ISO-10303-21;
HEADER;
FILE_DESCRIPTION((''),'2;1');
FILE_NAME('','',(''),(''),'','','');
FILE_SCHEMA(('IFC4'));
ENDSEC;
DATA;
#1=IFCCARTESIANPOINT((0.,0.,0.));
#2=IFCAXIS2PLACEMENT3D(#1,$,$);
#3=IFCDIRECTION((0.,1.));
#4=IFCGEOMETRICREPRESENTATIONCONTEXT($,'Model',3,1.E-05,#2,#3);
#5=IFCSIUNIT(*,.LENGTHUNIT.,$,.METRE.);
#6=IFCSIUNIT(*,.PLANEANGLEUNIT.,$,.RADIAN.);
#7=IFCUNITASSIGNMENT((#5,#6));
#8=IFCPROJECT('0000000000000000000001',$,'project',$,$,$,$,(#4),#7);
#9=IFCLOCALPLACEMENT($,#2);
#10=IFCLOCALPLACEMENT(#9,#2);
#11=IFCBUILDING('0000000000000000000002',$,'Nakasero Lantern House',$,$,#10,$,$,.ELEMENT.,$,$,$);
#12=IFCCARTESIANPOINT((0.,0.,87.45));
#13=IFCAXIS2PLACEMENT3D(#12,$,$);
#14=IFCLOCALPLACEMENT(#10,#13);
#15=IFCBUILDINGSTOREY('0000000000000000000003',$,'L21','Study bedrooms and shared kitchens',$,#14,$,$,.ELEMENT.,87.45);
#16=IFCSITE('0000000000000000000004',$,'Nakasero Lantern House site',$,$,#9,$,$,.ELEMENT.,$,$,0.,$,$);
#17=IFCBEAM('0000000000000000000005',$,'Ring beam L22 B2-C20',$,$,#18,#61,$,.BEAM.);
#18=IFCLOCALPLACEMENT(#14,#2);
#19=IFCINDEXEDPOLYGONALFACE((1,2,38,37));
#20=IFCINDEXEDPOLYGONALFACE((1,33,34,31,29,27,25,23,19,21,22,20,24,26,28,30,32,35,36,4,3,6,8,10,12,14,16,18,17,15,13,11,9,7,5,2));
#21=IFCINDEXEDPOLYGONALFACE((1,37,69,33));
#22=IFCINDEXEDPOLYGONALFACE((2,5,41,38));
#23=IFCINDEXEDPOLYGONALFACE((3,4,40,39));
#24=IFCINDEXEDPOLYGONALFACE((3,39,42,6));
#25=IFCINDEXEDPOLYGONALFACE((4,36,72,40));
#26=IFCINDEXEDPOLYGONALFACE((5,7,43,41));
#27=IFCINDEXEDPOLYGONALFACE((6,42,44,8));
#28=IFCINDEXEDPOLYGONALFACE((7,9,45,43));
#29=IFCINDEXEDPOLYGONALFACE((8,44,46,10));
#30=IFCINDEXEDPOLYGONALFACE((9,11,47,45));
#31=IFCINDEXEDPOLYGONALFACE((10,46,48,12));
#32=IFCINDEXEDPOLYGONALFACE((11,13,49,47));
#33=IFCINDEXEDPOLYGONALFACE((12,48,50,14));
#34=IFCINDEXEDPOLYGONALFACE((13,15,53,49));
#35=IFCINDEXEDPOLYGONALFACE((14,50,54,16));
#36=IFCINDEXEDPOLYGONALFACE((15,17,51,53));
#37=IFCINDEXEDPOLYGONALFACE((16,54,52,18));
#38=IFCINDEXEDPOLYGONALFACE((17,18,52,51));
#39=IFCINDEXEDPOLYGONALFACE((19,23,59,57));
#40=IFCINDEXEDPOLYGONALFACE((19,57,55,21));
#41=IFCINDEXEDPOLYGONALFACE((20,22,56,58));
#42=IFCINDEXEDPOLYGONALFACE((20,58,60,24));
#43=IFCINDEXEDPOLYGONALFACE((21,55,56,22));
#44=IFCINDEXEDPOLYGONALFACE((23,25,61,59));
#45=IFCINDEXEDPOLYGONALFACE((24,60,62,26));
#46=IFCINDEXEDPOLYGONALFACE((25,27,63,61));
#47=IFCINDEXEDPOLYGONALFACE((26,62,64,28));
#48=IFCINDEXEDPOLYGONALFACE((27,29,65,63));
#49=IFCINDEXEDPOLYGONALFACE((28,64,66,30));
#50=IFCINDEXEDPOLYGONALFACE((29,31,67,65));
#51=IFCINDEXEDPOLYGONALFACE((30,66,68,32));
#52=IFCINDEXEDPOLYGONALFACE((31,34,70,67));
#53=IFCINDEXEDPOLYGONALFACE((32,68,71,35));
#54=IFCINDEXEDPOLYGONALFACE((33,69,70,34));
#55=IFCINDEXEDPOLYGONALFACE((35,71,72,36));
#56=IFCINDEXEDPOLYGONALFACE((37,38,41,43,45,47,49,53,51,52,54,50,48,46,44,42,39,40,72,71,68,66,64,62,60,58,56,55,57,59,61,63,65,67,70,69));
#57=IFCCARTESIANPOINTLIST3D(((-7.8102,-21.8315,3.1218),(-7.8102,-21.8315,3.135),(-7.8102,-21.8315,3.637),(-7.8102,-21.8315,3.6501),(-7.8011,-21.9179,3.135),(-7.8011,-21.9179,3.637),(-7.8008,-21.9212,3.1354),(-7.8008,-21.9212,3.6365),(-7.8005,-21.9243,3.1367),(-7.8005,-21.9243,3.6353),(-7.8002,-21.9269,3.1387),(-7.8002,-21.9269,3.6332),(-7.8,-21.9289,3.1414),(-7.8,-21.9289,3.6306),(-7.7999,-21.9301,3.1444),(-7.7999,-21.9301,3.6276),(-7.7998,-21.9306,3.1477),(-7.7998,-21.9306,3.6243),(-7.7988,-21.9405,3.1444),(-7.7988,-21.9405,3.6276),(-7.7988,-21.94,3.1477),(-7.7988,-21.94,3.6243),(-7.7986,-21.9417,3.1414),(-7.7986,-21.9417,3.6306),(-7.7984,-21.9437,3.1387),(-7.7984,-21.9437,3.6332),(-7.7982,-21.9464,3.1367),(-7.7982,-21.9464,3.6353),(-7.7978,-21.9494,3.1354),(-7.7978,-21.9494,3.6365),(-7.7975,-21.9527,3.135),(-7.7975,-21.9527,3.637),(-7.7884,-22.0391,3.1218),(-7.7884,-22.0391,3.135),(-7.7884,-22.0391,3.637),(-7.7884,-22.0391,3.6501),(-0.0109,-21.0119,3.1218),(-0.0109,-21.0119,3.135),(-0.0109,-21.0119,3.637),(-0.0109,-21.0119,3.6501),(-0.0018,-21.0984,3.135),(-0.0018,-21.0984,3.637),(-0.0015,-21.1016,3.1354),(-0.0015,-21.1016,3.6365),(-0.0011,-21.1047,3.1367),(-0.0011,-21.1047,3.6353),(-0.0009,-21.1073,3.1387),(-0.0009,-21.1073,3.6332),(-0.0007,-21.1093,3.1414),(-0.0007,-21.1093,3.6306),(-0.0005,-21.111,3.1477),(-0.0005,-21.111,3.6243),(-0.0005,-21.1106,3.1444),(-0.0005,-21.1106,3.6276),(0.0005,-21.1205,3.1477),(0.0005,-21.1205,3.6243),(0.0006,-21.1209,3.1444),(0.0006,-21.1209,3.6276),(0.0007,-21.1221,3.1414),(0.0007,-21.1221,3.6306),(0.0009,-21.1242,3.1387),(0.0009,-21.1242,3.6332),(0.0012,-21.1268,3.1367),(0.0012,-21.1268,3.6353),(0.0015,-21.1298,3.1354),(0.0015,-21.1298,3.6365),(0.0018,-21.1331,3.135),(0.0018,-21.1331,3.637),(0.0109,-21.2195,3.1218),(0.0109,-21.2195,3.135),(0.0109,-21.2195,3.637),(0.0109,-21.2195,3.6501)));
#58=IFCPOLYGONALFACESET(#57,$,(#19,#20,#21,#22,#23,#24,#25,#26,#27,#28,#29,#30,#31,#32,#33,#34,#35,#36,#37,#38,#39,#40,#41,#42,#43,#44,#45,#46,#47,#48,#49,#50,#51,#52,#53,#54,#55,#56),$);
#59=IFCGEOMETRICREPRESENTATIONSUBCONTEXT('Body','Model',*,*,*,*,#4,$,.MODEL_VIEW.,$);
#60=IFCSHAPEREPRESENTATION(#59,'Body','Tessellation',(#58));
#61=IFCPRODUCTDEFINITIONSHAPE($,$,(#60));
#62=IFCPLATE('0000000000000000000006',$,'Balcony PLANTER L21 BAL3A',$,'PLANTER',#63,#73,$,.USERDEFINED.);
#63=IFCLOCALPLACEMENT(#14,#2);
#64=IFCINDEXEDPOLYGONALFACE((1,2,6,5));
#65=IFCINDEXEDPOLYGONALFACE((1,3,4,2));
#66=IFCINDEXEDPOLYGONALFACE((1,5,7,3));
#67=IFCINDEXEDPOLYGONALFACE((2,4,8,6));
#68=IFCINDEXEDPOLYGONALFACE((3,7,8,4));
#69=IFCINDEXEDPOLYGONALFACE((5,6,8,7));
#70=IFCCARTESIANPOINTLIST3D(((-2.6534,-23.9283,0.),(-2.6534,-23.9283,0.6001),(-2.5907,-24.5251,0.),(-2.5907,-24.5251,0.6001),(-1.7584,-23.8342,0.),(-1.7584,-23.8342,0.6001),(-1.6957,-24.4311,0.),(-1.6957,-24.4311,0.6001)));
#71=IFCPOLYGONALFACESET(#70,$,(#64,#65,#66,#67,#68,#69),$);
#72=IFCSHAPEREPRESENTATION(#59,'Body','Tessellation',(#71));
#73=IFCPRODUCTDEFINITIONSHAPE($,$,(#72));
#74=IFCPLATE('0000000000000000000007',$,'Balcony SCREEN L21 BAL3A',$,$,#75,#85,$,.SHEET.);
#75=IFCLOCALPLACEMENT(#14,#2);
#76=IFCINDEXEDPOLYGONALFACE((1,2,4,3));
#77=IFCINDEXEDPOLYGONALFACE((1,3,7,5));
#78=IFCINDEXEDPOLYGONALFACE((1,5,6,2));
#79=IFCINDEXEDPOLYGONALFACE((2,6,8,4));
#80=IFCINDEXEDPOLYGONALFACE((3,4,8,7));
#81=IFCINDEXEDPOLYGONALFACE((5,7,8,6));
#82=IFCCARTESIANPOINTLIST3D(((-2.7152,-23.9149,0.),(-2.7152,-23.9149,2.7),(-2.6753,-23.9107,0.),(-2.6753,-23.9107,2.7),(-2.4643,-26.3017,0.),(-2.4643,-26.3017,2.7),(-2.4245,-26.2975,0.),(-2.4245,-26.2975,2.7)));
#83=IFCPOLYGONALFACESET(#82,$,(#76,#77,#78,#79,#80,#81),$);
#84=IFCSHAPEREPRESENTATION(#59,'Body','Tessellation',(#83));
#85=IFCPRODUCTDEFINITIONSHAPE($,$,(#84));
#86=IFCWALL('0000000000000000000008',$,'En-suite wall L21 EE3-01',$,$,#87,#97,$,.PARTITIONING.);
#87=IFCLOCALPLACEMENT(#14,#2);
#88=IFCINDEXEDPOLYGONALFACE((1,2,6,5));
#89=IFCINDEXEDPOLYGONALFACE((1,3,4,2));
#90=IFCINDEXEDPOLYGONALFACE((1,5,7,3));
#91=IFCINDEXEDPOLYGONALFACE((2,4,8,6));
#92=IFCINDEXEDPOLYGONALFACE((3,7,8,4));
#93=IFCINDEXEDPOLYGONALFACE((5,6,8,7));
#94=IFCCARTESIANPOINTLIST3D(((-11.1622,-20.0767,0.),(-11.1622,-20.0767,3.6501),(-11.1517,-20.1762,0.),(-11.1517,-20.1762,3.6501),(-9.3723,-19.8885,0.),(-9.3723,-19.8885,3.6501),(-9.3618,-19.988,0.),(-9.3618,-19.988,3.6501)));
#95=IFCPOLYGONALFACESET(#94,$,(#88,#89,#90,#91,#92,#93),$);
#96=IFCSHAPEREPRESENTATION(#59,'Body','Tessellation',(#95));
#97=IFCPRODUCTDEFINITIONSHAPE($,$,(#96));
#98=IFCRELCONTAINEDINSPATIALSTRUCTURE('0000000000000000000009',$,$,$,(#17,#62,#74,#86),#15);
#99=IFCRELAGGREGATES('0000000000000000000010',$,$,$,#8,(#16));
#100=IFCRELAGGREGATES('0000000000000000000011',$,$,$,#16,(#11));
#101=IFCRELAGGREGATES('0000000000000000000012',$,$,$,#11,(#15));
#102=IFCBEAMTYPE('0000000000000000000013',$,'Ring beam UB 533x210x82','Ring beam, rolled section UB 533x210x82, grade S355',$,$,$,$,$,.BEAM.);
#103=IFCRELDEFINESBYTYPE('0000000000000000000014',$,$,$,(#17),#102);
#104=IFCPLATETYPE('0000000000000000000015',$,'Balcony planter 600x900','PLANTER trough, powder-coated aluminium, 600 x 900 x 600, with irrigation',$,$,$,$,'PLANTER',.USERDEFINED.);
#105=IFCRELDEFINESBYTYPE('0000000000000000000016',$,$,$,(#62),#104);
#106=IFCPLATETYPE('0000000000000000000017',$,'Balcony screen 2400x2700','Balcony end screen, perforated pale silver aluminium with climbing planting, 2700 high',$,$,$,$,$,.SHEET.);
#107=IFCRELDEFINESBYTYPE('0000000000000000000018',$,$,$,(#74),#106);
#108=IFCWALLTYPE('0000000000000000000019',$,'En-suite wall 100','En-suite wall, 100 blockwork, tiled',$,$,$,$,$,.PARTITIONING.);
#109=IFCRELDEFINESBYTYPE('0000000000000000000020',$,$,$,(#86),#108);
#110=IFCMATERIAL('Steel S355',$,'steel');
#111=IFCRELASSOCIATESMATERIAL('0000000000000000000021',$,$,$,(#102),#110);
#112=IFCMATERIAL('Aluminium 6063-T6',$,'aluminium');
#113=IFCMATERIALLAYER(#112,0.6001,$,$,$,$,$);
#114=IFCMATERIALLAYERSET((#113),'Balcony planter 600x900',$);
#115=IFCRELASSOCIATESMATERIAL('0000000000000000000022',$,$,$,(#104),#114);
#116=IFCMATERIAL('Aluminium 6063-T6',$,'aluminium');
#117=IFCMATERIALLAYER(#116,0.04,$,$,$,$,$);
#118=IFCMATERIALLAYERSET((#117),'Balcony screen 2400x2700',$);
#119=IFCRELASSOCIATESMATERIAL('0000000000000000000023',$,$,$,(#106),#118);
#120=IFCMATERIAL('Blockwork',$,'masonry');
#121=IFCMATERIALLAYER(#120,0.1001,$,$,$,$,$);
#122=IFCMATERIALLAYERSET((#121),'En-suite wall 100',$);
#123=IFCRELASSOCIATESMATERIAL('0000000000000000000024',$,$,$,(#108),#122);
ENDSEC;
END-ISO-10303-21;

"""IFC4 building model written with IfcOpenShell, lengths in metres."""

from ifc_helpers import new_model, si_unit, direction, frame, frame_2d, origin, origin_2d, place, context, subcontext, project, spatial, rectangle, i_section, extrude, material, layer, layer_set, material_profile, profile_set, type_object, element, save


model = new_model("IFC4")

# Units and contexts
model_context = context("Model", 3, precision=1e-05, world=origin(), true_north=direction((0.0, 1.0)))
body_context = subcontext(model_context, "Body", "Model", "MODEL_VIEW")
ifc_project = project(units=[si_unit("LENGTHUNIT", "METRE"), si_unit("PLANEANGLEUNIT", "RADIAN")], contexts=[model_context])

# Site, building, storey
site_placement = place(None, origin())
site = spatial("IfcSite", under=ifc_project, at=site_placement, Name="Nakasero Lantern House site", CompositionType="ELEMENT", RefElevation=0.0)
building_placement = place(site_placement, origin())
building = spatial("IfcBuilding", under=site, at=building_placement, Name="Nakasero Lantern House", CompositionType="ELEMENT")
storey_placement = place(building_placement, frame((0.0, 0.0, 87.45)))
storey = spatial("IfcBuildingStorey", under=building, at=storey_placement, Name="L21", Description="Study bedrooms and shared kitchens", CompositionType="ELEMENT", Elevation=87.45)

# Beam
ifc_material_1 = material(Name="Steel S355", Category="steel")
ifc_material_profile_1 = material_profile(ifc_material_1, i_section(OverallWidth=0.2087, OverallDepth=0.5283, WebThickness=0.0095, FlangeThickness=0.0132, FilletRadius=0.0127, at=origin_2d()), Name="UB 533x210x82")
ifc_profile_set_1 = profile_set([ifc_material_profile_1], Name="Steel S355")
beam_type_1 = type_object("IfcBeamType", Name="Ring beam UB 533x210x82", Description="Ring beam, rolled section UB 533x210x82, grade S355", PredefinedType="BEAM", material=ifc_profile_set_1)
beam_1_placement = place(storey_placement, frame((-7.7993, -21.9353, 3.386), z_axis=(0.994524, 0.104508, 0.0), x_axis=(-0.104508, 0.994524, 0.0)))
element("IfcBeam", 1, at=beam_1_placement, inside=storey, type_object=beam_type_1, Name="Ring beam L22 B2-C20", PredefinedType="BEAM", context=body_context, shape_type="SweptSolid", body=[
    extrude(i_section(OverallWidth=0.2087, OverallDepth=0.5283, WebThickness=0.0095, FlangeThickness=0.0132, FilletRadius=0.0127, at=origin_2d()), origin(), (0.0, 0.0, 1.0), 7.8423),
])

# Plates
ifc_material_2 = material(Name="Aluminium 6063-T6", Category="aluminium")
ifc_layer_1 = layer(ifc_material_2, 0.6001)
ifc_layer_set_1 = layer_set([ifc_layer_1], Name="Balcony planter 600x900")
plate_type_1 = type_object("IfcPlateType", Name="Balcony planter 600x900", Description="PLANTER trough, powder-coated aluminium, 600 x 900 x 600, with irrigation", ElementType="PLANTER", PredefinedType="USERDEFINED", material=ifc_layer_set_1)
plate_1_placement = place(storey_placement, frame((-2.1746, -24.1797, 0.0), z_axis=(0.0, 0.0, 1.0), x_axis=(0.104528, -0.994522, 0.0)))
element("IfcPlate", 2, at=plate_1_placement, inside=storey, type_object=plate_type_1, Name="Balcony PLANTER L21 BAL3A", ObjectType="PLANTER", PredefinedType="USERDEFINED", context=body_context, shape_type="SweptSolid", body=[
    extrude(rectangle(XDim=0.6001, YDim=0.8999, at=origin_2d()), origin(), (0.0, 0.0, 1.0), 0.6001),
])
ifc_material_3 = material(Name="Aluminium 6063-T6", Category="aluminium")
ifc_layer_2 = layer(ifc_material_3, 0.04)
ifc_layer_set_2 = layer_set([ifc_layer_2], Name="Balcony screen 2400x2700")
plate_type_2 = type_object("IfcPlateType", Name="Balcony screen 2400x2700", Description="Balcony end screen, perforated pale silver aluminium with climbing planting, 2700 high", PredefinedType="SHEET", material=ifc_layer_set_2)
plate_2_placement = place(storey_placement, frame((-2.5698, -25.1062, 0.0), z_axis=(0.0, 0.0, 1.0), x_axis=(0.104528, -0.994522, 0.0)))
element("IfcPlate", 3, at=plate_2_placement, inside=storey, type_object=plate_type_2, Name="Balcony SCREEN L21 BAL3A", PredefinedType="SHEET", context=body_context, shape_type="SweptSolid", body=[
    extrude(rectangle(XDim=2.3999, YDim=0.04, at=origin_2d()), origin(), (0.0, 0.0, 1.0), 2.7),
])

# Wall
ifc_material_4 = material(Name="Blockwork", Category="masonry")
ifc_layer_3 = layer(ifc_material_4, 0.1001)
ifc_layer_set_3 = layer_set([ifc_layer_3], Name="En-suite wall 100")
wall_type_1 = type_object("IfcWallType", Name="En-suite wall 100", Description="En-suite wall, 100 blockwork, tiled", PredefinedType="PARTITIONING", material=ifc_layer_set_3)
wall_1_placement = place(storey_placement, frame((-11.157, -20.1265, 0.0), z_axis=(0.0, 0.0, 1.0), x_axis=(0.994517, 0.104579, 0.0)))
element("IfcWall", 4, at=wall_1_placement, inside=storey, type_object=wall_type_1, Name="En-suite wall L21 EE3-01", PredefinedType="PARTITIONING", context=body_context, shape_type="SweptSolid", body=[
    extrude(rectangle(XDim=1.7998, YDim=0.1001, at=frame_2d((0.8999, 0.0))), origin(), (0.0, 0.0, 1.0), 3.6501),
])

save(model, "model.ifc")
